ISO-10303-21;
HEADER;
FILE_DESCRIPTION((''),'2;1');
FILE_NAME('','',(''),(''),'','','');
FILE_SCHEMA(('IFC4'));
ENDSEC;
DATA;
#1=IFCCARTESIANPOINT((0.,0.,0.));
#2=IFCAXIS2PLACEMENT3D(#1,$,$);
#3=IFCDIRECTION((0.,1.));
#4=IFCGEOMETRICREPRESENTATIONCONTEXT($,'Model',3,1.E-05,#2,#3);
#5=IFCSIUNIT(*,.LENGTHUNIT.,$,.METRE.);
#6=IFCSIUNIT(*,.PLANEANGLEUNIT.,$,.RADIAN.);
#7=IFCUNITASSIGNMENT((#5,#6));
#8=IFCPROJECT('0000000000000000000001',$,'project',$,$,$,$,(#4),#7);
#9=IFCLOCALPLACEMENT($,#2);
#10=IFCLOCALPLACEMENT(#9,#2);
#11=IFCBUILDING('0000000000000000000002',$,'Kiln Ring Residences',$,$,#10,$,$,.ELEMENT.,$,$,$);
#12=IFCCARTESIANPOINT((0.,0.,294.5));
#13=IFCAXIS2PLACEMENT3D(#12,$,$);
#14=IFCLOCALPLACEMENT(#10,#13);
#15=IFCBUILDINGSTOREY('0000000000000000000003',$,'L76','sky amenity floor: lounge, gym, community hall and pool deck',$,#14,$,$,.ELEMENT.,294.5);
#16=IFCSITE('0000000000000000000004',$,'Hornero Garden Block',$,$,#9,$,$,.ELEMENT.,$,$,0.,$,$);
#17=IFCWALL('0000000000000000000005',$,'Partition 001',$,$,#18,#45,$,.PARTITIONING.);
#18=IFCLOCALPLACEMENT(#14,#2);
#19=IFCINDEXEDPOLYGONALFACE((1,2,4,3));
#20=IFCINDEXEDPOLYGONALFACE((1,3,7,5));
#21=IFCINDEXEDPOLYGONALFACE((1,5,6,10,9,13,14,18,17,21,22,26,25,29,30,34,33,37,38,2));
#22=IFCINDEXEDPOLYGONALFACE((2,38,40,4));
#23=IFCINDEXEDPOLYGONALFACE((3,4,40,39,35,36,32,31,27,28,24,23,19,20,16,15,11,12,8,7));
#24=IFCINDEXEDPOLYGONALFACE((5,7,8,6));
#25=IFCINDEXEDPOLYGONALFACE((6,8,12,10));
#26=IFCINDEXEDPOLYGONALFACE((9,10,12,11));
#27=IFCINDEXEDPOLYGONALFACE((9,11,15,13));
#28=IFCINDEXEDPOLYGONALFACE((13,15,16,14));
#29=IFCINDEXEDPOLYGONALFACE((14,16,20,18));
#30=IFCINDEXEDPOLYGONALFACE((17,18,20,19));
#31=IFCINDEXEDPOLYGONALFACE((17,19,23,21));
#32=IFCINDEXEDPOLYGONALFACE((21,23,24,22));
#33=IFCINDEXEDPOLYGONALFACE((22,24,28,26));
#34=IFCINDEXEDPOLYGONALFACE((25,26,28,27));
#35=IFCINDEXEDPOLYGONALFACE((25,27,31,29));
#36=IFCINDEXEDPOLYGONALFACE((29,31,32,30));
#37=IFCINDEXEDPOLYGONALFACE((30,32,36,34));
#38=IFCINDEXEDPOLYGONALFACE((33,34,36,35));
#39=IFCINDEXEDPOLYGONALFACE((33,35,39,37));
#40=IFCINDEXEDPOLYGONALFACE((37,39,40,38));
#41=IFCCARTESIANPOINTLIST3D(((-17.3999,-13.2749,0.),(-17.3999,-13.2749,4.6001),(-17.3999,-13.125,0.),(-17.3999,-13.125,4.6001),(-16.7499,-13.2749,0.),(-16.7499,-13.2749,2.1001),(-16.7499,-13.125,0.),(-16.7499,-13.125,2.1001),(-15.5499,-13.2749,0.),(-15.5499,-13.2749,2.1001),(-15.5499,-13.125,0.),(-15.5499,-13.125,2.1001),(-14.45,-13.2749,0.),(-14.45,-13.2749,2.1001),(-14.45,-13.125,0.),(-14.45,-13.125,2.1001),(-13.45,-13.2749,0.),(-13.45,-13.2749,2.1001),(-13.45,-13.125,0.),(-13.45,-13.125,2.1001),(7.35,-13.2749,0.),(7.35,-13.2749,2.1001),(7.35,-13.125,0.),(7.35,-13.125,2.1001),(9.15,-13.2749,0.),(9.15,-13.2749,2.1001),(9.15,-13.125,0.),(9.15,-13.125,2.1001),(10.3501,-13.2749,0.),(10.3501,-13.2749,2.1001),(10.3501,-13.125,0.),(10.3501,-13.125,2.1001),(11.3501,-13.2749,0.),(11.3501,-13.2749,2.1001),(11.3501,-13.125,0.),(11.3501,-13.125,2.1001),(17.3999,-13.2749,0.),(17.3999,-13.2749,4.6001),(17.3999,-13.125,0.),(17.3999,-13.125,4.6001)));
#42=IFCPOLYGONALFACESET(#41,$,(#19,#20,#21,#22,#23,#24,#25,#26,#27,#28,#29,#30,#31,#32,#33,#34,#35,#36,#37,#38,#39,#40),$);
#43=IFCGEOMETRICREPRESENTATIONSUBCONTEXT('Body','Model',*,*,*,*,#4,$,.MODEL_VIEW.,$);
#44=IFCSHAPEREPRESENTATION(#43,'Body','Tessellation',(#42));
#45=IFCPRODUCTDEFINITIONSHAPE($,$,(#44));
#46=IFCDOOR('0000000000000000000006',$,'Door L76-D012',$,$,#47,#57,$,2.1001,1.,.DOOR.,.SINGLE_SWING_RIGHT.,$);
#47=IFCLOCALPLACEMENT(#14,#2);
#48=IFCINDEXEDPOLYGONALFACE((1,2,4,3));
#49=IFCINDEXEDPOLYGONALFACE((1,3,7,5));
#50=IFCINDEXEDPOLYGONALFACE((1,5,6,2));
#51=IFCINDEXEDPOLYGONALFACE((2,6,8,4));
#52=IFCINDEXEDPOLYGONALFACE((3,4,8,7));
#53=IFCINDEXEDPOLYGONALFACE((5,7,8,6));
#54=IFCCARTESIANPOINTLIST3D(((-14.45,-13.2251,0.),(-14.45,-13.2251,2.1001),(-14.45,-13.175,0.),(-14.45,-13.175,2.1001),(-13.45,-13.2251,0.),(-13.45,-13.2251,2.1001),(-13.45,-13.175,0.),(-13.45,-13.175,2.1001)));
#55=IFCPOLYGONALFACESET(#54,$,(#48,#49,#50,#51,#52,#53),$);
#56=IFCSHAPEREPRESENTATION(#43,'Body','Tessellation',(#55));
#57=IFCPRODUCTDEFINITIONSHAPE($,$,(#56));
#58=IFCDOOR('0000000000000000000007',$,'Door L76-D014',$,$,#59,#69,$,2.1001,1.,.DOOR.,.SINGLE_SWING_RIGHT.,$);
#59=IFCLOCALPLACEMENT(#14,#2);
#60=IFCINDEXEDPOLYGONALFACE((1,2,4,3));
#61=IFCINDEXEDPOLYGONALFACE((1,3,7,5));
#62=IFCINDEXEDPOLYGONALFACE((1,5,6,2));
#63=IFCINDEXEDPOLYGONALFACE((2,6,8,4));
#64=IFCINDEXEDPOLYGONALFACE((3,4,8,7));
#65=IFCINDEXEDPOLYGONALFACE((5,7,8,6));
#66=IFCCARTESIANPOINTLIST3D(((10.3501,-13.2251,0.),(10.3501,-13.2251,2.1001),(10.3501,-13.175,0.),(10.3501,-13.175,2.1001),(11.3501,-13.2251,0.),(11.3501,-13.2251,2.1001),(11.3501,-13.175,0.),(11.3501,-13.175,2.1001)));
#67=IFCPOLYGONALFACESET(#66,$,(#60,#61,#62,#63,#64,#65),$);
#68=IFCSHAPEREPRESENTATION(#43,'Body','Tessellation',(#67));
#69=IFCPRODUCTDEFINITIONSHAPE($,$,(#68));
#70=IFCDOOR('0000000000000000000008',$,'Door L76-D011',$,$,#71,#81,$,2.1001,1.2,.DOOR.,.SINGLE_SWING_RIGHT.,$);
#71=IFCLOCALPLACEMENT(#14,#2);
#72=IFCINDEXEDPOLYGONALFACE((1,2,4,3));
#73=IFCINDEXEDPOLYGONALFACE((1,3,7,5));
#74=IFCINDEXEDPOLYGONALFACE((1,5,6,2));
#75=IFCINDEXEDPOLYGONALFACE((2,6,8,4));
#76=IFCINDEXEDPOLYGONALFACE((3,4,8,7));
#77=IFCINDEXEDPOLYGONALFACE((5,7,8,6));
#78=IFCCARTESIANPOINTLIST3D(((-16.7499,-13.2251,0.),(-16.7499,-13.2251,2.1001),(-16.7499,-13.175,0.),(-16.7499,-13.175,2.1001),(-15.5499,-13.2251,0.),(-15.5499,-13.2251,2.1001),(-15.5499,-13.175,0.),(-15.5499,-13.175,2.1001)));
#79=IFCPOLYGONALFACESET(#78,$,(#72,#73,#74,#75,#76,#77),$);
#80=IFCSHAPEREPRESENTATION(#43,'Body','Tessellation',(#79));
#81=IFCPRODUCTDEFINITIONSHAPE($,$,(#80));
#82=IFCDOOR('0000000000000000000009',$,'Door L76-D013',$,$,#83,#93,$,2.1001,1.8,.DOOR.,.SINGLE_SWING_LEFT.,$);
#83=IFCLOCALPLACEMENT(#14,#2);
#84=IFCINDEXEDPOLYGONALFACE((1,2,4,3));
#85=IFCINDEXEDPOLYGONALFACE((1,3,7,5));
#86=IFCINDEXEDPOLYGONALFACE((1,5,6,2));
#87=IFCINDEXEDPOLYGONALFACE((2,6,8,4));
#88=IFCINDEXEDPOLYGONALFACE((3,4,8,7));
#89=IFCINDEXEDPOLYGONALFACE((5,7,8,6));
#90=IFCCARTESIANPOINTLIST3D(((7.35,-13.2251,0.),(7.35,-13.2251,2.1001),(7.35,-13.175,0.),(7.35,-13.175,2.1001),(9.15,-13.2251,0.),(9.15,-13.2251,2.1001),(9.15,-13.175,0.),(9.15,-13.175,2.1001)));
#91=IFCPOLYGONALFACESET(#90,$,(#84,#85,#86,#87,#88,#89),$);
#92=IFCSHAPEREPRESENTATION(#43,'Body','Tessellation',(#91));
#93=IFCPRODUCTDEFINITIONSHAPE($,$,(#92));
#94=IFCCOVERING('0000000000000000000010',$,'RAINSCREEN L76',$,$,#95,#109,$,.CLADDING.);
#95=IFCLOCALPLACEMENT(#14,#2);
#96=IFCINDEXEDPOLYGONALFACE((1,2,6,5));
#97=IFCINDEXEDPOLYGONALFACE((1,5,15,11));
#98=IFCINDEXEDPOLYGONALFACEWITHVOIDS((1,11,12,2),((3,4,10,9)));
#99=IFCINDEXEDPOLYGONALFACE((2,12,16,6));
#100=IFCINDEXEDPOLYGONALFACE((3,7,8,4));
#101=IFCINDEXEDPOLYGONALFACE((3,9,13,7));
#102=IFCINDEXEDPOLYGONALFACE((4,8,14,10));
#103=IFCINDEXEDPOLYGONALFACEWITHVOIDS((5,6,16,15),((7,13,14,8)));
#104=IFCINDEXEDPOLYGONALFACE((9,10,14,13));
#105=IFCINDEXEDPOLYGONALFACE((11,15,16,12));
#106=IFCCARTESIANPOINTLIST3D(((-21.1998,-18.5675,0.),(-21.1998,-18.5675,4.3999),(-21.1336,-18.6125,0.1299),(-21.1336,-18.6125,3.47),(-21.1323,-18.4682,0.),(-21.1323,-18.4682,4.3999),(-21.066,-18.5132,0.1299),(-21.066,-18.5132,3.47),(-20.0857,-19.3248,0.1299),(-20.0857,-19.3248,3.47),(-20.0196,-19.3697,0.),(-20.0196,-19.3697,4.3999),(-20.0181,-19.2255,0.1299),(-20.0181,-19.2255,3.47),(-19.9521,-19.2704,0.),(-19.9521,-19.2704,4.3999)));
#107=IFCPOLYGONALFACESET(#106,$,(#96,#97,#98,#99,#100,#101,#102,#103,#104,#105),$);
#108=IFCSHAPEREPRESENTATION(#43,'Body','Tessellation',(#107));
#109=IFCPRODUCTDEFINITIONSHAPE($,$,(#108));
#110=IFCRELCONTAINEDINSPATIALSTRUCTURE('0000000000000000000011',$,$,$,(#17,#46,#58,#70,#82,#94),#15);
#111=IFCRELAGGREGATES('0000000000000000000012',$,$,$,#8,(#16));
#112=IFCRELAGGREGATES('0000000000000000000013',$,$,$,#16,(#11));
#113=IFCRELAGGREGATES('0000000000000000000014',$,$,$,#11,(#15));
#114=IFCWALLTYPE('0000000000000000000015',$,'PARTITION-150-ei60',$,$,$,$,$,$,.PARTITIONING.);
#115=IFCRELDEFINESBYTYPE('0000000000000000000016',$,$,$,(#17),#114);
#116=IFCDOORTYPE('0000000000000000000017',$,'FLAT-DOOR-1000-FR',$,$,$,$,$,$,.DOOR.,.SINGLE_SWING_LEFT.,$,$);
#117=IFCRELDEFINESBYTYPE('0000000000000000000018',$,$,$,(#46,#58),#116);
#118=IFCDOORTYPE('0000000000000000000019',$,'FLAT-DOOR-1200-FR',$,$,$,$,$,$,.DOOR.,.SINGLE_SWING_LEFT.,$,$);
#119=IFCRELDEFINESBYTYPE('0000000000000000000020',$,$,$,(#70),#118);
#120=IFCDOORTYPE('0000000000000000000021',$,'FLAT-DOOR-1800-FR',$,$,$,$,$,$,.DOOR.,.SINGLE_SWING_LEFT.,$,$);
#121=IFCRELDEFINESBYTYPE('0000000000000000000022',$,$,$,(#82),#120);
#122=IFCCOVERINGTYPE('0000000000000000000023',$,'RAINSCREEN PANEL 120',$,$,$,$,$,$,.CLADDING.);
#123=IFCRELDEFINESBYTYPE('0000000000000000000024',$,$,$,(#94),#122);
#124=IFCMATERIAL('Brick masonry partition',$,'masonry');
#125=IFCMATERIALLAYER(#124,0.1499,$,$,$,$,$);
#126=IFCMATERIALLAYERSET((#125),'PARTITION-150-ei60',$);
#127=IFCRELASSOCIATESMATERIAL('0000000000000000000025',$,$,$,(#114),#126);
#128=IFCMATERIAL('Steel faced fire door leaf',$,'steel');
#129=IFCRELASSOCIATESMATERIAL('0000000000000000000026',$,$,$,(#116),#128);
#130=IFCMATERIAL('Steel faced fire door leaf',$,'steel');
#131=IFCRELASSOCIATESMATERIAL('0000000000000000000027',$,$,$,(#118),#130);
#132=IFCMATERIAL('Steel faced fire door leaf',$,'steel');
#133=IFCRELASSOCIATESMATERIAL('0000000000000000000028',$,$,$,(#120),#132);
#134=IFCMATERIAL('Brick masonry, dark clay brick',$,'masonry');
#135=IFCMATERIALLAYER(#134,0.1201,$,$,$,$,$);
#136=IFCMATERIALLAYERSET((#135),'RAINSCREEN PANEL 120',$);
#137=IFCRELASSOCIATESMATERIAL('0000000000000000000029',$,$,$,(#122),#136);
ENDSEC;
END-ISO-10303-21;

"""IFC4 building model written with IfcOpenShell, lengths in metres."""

from ifc_helpers import new_model, si_unit, direction, frame, frame_2d, origin, place, context, subcontext, project, spatial, polyline, rectangle, outline, extrude, material, layer, layer_set, type_object, element, fill, save


model = new_model("IFC4")

# Units and contexts
model_context = context("Model", 3, precision=1e-05, world=origin(), true_north=direction((0.0, 1.0)))
body_context = subcontext(model_context, "Body", "Model", "MODEL_VIEW")
ifc_project = project(units=[si_unit("LENGTHUNIT", "METRE"), si_unit("PLANEANGLEUNIT", "RADIAN")], contexts=[model_context])

# Site, building, storey
site_placement = place(None, origin())
site = spatial("IfcSite", under=ifc_project, at=site_placement, Name="Hornero Garden Block", CompositionType="ELEMENT", RefElevation=0.0)
building_placement = place(site_placement, origin())
building = spatial("IfcBuilding", under=site, at=building_placement, Name="Kiln Ring Residences", CompositionType="ELEMENT")
storey_placement = place(building_placement, frame((0.0, 0.0, 294.5)))
storey = spatial("IfcBuildingStorey", under=building, at=storey_placement, Name="L76", Description="sky amenity floor: lounge, gym, community hall and pool deck", CompositionType="ELEMENT", Elevation=294.5)

# Wall, openings, doors
ifc_material_1 = material(Name="Brick masonry partition", Category="masonry")
ifc_layer_1 = layer(ifc_material_1, 0.1499)
ifc_layer_set_1 = layer_set([ifc_layer_1], Name="PARTITION-150-ei60")
wall_type_1 = type_object("IfcWallType", Name="PARTITION-150-ei60", PredefinedType="PARTITIONING", material=ifc_layer_set_1)
wall_1_placement = place(storey_placement, frame((-17.3999, -13.2, 0.0), z_axis=(0.0, 0.0, 1.0), x_axis=(1.0, 0.0, 0.0)))
wall_1 = element("IfcWall", 1, at=wall_1_placement, inside=storey, type_object=wall_type_1, Name="Partition 001", PredefinedType="PARTITIONING", context=body_context, shape_type="SweptSolid", body=[
    extrude(rectangle(XDim=34.7998, YDim=0.1499, at=frame_2d((17.3999, 0.0))), origin(), (0.0, 0.0, 1.0), 4.6001),
])
opening_1_placement = place(wall_1_placement, frame((0.6499, 0.0, 0.0)))
opening_1 = element("IfcOpeningElement", 2, at=opening_1_placement, cuts=wall_1, PredefinedType="OPENING", context=body_context, shape_type="SweptSolid", body=[
    extrude(rectangle(XDim=1.2, YDim=2.1001, at=frame_2d((0.6001, 1.05))), frame((0.0, 0.085, 0.0), z_axis=(0.0, -1.0, 0.0), x_axis=(1.0, 0.0, 0.0)), (0.0, 0.0, 1.0), 0.1699),
])
opening_2_placement = place(wall_1_placement, frame((2.95, 0.0, 0.0)))
opening_2 = element("IfcOpeningElement", 3, at=opening_2_placement, cuts=wall_1, PredefinedType="OPENING", context=body_context, shape_type="SweptSolid", body=[
    extrude(rectangle(XDim=1.0, YDim=2.1001, at=frame_2d((0.5, 1.05))), frame((0.0, 0.085, 0.0), z_axis=(0.0, -1.0, 0.0), x_axis=(1.0, 0.0, 0.0)), (0.0, 0.0, 1.0), 0.1699),
])
opening_3_placement = place(wall_1_placement, frame((24.75, 0.0, 0.0)))
opening_3 = element("IfcOpeningElement", 4, at=opening_3_placement, cuts=wall_1, PredefinedType="OPENING", context=body_context, shape_type="SweptSolid", body=[
    extrude(rectangle(XDim=1.8, YDim=2.1001, at=frame_2d((0.8999, 1.05))), frame((0.0, 0.085, 0.0), z_axis=(0.0, -1.0, 0.0), x_axis=(1.0, 0.0, 0.0)), (0.0, 0.0, 1.0), 0.1699),
])
opening_4_placement = place(wall_1_placement, frame((27.75, 0.0, 0.0)))
opening_4 = element("IfcOpeningElement", 5, at=opening_4_placement, cuts=wall_1, PredefinedType="OPENING", context=body_context, shape_type="SweptSolid", body=[
    extrude(rectangle(XDim=1.0, YDim=2.1001, at=frame_2d((0.5, 1.05))), frame((0.0, 0.085, 0.0), z_axis=(0.0, -1.0, 0.0), x_axis=(1.0, 0.0, 0.0)), (0.0, 0.0, 1.0), 0.1699),
])
ifc_material_2 = material(Name="Steel faced fire door leaf", Category="steel")
door_type_1 = type_object("IfcDoorType", Name="FLAT-DOOR-1000-FR", OperationType="SINGLE_SWING_LEFT", PredefinedType="DOOR", material=ifc_material_2)
door_1_placement = place(opening_2_placement, origin())
door_1 = element("IfcDoor", 6, at=door_1_placement, inside=storey, type_object=door_type_1, Name="Door L76-D012", OperationType="SINGLE_SWING_RIGHT", OverallHeight=2.1001, OverallWidth=1.0, PredefinedType="DOOR", context=body_context, shape_type="SweptSolid", body=[
    extrude(rectangle(XDim=1.0, YDim=2.1001, at=frame_2d((0.5, 1.05))), frame((0.0, 0.0249, 0.0), z_axis=(0.0, -1.0, 0.0), x_axis=(1.0, 0.0, 0.0)), (0.0, 0.0, 1.0), 0.05),
])
fill(opening_2, door_1)
door_2_placement = place(opening_4_placement, origin())
door_2 = element("IfcDoor", 7, at=door_2_placement, inside=storey, type_object=door_type_1, Name="Door L76-D014", OperationType="SINGLE_SWING_RIGHT", OverallHeight=2.1001, OverallWidth=1.0, PredefinedType="DOOR", context=body_context, shape_type="SweptSolid", body=[
    extrude(rectangle(XDim=1.0, YDim=2.1001, at=frame_2d((0.5, 1.05))), frame((0.0, 0.0249, 0.0), z_axis=(0.0, -1.0, 0.0), x_axis=(1.0, 0.0, 0.0)), (0.0, 0.0, 1.0), 0.05),
])
fill(opening_4, door_2)
ifc_material_3 = material(Name="Steel faced fire door leaf", Category="steel")
door_type_2 = type_object("IfcDoorType", Name="FLAT-DOOR-1200-FR", OperationType="SINGLE_SWING_LEFT", PredefinedType="DOOR", material=ifc_material_3)
door_3_placement = place(opening_1_placement, origin())
door_3 = element("IfcDoor", 8, at=door_3_placement, inside=storey, type_object=door_type_2, Name="Door L76-D011", OperationType="SINGLE_SWING_RIGHT", OverallHeight=2.1001, OverallWidth=1.2, PredefinedType="DOOR", context=body_context, shape_type="SweptSolid", body=[
    extrude(rectangle(XDim=1.2, YDim=2.1001, at=frame_2d((0.6001, 1.05))), frame((0.0, 0.0249, 0.0), z_axis=(0.0, -1.0, 0.0), x_axis=(1.0, 0.0, 0.0)), (0.0, 0.0, 1.0), 0.05),
])
fill(opening_1, door_3)
ifc_material_4 = material(Name="Steel faced fire door leaf", Category="steel")
door_type_3 = type_object("IfcDoorType", Name="FLAT-DOOR-1800-FR", OperationType="SINGLE_SWING_LEFT", PredefinedType="DOOR", material=ifc_material_4)
door_4_placement = place(opening_3_placement, origin())
door_4 = element("IfcDoor", 9, at=door_4_placement, inside=storey, type_object=door_type_3, Name="Door L76-D013", OperationType="SINGLE_SWING_LEFT", OverallHeight=2.1001, OverallWidth=1.8, PredefinedType="DOOR", context=body_context, shape_type="SweptSolid", body=[
    extrude(rectangle(XDim=1.8, YDim=2.1001, at=frame_2d((0.8999, 1.05))), frame((0.0, 0.0249, 0.0), z_axis=(0.0, -1.0, 0.0), x_axis=(1.0, 0.0, 0.0)), (0.0, 0.0, 1.0), 0.05),
])
fill(opening_3, door_4)

# Covering
ifc_material_5 = material(Name="Brick masonry, dark clay brick", Category="masonry")
ifc_layer_2 = layer(ifc_material_5, 0.1201)
ifc_layer_set_2 = layer_set([ifc_layer_2], Name="RAINSCREEN PANEL 120")
covering_type = type_object("IfcCoveringType", Name="RAINSCREEN PANEL 120", PredefinedType="CLADDING", material=ifc_layer_set_2)
covering_placement = place(storey_placement, frame((-21.166, -18.5178, 0.0), z_axis=(0.0, 0.0, 1.0), x_axis=(0.827016, -0.562179, 0.0)))
element("IfcCovering", 10, at=covering_placement, inside=storey, type_object=covering_type, Name="RAINSCREEN L76", PredefinedType="CLADDING", context=body_context, shape_type="SweptSolid", body=[
    extrude(outline(polyline([(0.0, 0.0), (1.427, 0.0), (1.427, 4.3999), (0.0, 4.3999), (0.0, 0.0)]), holes=[polyline([(0.0801, 3.47), (0.0801, 0.1299), (1.3472, 0.1299), (1.3472, 3.47), (0.0801, 3.47)])]), frame((0.0, 0.0601, 0.0), z_axis=(0.0, -1.0, 0.0), x_axis=(1.0, 0.0, 0.0)), (0.0, 0.0, 1.0), 0.1201),
])

save(model, "model.ifc")
